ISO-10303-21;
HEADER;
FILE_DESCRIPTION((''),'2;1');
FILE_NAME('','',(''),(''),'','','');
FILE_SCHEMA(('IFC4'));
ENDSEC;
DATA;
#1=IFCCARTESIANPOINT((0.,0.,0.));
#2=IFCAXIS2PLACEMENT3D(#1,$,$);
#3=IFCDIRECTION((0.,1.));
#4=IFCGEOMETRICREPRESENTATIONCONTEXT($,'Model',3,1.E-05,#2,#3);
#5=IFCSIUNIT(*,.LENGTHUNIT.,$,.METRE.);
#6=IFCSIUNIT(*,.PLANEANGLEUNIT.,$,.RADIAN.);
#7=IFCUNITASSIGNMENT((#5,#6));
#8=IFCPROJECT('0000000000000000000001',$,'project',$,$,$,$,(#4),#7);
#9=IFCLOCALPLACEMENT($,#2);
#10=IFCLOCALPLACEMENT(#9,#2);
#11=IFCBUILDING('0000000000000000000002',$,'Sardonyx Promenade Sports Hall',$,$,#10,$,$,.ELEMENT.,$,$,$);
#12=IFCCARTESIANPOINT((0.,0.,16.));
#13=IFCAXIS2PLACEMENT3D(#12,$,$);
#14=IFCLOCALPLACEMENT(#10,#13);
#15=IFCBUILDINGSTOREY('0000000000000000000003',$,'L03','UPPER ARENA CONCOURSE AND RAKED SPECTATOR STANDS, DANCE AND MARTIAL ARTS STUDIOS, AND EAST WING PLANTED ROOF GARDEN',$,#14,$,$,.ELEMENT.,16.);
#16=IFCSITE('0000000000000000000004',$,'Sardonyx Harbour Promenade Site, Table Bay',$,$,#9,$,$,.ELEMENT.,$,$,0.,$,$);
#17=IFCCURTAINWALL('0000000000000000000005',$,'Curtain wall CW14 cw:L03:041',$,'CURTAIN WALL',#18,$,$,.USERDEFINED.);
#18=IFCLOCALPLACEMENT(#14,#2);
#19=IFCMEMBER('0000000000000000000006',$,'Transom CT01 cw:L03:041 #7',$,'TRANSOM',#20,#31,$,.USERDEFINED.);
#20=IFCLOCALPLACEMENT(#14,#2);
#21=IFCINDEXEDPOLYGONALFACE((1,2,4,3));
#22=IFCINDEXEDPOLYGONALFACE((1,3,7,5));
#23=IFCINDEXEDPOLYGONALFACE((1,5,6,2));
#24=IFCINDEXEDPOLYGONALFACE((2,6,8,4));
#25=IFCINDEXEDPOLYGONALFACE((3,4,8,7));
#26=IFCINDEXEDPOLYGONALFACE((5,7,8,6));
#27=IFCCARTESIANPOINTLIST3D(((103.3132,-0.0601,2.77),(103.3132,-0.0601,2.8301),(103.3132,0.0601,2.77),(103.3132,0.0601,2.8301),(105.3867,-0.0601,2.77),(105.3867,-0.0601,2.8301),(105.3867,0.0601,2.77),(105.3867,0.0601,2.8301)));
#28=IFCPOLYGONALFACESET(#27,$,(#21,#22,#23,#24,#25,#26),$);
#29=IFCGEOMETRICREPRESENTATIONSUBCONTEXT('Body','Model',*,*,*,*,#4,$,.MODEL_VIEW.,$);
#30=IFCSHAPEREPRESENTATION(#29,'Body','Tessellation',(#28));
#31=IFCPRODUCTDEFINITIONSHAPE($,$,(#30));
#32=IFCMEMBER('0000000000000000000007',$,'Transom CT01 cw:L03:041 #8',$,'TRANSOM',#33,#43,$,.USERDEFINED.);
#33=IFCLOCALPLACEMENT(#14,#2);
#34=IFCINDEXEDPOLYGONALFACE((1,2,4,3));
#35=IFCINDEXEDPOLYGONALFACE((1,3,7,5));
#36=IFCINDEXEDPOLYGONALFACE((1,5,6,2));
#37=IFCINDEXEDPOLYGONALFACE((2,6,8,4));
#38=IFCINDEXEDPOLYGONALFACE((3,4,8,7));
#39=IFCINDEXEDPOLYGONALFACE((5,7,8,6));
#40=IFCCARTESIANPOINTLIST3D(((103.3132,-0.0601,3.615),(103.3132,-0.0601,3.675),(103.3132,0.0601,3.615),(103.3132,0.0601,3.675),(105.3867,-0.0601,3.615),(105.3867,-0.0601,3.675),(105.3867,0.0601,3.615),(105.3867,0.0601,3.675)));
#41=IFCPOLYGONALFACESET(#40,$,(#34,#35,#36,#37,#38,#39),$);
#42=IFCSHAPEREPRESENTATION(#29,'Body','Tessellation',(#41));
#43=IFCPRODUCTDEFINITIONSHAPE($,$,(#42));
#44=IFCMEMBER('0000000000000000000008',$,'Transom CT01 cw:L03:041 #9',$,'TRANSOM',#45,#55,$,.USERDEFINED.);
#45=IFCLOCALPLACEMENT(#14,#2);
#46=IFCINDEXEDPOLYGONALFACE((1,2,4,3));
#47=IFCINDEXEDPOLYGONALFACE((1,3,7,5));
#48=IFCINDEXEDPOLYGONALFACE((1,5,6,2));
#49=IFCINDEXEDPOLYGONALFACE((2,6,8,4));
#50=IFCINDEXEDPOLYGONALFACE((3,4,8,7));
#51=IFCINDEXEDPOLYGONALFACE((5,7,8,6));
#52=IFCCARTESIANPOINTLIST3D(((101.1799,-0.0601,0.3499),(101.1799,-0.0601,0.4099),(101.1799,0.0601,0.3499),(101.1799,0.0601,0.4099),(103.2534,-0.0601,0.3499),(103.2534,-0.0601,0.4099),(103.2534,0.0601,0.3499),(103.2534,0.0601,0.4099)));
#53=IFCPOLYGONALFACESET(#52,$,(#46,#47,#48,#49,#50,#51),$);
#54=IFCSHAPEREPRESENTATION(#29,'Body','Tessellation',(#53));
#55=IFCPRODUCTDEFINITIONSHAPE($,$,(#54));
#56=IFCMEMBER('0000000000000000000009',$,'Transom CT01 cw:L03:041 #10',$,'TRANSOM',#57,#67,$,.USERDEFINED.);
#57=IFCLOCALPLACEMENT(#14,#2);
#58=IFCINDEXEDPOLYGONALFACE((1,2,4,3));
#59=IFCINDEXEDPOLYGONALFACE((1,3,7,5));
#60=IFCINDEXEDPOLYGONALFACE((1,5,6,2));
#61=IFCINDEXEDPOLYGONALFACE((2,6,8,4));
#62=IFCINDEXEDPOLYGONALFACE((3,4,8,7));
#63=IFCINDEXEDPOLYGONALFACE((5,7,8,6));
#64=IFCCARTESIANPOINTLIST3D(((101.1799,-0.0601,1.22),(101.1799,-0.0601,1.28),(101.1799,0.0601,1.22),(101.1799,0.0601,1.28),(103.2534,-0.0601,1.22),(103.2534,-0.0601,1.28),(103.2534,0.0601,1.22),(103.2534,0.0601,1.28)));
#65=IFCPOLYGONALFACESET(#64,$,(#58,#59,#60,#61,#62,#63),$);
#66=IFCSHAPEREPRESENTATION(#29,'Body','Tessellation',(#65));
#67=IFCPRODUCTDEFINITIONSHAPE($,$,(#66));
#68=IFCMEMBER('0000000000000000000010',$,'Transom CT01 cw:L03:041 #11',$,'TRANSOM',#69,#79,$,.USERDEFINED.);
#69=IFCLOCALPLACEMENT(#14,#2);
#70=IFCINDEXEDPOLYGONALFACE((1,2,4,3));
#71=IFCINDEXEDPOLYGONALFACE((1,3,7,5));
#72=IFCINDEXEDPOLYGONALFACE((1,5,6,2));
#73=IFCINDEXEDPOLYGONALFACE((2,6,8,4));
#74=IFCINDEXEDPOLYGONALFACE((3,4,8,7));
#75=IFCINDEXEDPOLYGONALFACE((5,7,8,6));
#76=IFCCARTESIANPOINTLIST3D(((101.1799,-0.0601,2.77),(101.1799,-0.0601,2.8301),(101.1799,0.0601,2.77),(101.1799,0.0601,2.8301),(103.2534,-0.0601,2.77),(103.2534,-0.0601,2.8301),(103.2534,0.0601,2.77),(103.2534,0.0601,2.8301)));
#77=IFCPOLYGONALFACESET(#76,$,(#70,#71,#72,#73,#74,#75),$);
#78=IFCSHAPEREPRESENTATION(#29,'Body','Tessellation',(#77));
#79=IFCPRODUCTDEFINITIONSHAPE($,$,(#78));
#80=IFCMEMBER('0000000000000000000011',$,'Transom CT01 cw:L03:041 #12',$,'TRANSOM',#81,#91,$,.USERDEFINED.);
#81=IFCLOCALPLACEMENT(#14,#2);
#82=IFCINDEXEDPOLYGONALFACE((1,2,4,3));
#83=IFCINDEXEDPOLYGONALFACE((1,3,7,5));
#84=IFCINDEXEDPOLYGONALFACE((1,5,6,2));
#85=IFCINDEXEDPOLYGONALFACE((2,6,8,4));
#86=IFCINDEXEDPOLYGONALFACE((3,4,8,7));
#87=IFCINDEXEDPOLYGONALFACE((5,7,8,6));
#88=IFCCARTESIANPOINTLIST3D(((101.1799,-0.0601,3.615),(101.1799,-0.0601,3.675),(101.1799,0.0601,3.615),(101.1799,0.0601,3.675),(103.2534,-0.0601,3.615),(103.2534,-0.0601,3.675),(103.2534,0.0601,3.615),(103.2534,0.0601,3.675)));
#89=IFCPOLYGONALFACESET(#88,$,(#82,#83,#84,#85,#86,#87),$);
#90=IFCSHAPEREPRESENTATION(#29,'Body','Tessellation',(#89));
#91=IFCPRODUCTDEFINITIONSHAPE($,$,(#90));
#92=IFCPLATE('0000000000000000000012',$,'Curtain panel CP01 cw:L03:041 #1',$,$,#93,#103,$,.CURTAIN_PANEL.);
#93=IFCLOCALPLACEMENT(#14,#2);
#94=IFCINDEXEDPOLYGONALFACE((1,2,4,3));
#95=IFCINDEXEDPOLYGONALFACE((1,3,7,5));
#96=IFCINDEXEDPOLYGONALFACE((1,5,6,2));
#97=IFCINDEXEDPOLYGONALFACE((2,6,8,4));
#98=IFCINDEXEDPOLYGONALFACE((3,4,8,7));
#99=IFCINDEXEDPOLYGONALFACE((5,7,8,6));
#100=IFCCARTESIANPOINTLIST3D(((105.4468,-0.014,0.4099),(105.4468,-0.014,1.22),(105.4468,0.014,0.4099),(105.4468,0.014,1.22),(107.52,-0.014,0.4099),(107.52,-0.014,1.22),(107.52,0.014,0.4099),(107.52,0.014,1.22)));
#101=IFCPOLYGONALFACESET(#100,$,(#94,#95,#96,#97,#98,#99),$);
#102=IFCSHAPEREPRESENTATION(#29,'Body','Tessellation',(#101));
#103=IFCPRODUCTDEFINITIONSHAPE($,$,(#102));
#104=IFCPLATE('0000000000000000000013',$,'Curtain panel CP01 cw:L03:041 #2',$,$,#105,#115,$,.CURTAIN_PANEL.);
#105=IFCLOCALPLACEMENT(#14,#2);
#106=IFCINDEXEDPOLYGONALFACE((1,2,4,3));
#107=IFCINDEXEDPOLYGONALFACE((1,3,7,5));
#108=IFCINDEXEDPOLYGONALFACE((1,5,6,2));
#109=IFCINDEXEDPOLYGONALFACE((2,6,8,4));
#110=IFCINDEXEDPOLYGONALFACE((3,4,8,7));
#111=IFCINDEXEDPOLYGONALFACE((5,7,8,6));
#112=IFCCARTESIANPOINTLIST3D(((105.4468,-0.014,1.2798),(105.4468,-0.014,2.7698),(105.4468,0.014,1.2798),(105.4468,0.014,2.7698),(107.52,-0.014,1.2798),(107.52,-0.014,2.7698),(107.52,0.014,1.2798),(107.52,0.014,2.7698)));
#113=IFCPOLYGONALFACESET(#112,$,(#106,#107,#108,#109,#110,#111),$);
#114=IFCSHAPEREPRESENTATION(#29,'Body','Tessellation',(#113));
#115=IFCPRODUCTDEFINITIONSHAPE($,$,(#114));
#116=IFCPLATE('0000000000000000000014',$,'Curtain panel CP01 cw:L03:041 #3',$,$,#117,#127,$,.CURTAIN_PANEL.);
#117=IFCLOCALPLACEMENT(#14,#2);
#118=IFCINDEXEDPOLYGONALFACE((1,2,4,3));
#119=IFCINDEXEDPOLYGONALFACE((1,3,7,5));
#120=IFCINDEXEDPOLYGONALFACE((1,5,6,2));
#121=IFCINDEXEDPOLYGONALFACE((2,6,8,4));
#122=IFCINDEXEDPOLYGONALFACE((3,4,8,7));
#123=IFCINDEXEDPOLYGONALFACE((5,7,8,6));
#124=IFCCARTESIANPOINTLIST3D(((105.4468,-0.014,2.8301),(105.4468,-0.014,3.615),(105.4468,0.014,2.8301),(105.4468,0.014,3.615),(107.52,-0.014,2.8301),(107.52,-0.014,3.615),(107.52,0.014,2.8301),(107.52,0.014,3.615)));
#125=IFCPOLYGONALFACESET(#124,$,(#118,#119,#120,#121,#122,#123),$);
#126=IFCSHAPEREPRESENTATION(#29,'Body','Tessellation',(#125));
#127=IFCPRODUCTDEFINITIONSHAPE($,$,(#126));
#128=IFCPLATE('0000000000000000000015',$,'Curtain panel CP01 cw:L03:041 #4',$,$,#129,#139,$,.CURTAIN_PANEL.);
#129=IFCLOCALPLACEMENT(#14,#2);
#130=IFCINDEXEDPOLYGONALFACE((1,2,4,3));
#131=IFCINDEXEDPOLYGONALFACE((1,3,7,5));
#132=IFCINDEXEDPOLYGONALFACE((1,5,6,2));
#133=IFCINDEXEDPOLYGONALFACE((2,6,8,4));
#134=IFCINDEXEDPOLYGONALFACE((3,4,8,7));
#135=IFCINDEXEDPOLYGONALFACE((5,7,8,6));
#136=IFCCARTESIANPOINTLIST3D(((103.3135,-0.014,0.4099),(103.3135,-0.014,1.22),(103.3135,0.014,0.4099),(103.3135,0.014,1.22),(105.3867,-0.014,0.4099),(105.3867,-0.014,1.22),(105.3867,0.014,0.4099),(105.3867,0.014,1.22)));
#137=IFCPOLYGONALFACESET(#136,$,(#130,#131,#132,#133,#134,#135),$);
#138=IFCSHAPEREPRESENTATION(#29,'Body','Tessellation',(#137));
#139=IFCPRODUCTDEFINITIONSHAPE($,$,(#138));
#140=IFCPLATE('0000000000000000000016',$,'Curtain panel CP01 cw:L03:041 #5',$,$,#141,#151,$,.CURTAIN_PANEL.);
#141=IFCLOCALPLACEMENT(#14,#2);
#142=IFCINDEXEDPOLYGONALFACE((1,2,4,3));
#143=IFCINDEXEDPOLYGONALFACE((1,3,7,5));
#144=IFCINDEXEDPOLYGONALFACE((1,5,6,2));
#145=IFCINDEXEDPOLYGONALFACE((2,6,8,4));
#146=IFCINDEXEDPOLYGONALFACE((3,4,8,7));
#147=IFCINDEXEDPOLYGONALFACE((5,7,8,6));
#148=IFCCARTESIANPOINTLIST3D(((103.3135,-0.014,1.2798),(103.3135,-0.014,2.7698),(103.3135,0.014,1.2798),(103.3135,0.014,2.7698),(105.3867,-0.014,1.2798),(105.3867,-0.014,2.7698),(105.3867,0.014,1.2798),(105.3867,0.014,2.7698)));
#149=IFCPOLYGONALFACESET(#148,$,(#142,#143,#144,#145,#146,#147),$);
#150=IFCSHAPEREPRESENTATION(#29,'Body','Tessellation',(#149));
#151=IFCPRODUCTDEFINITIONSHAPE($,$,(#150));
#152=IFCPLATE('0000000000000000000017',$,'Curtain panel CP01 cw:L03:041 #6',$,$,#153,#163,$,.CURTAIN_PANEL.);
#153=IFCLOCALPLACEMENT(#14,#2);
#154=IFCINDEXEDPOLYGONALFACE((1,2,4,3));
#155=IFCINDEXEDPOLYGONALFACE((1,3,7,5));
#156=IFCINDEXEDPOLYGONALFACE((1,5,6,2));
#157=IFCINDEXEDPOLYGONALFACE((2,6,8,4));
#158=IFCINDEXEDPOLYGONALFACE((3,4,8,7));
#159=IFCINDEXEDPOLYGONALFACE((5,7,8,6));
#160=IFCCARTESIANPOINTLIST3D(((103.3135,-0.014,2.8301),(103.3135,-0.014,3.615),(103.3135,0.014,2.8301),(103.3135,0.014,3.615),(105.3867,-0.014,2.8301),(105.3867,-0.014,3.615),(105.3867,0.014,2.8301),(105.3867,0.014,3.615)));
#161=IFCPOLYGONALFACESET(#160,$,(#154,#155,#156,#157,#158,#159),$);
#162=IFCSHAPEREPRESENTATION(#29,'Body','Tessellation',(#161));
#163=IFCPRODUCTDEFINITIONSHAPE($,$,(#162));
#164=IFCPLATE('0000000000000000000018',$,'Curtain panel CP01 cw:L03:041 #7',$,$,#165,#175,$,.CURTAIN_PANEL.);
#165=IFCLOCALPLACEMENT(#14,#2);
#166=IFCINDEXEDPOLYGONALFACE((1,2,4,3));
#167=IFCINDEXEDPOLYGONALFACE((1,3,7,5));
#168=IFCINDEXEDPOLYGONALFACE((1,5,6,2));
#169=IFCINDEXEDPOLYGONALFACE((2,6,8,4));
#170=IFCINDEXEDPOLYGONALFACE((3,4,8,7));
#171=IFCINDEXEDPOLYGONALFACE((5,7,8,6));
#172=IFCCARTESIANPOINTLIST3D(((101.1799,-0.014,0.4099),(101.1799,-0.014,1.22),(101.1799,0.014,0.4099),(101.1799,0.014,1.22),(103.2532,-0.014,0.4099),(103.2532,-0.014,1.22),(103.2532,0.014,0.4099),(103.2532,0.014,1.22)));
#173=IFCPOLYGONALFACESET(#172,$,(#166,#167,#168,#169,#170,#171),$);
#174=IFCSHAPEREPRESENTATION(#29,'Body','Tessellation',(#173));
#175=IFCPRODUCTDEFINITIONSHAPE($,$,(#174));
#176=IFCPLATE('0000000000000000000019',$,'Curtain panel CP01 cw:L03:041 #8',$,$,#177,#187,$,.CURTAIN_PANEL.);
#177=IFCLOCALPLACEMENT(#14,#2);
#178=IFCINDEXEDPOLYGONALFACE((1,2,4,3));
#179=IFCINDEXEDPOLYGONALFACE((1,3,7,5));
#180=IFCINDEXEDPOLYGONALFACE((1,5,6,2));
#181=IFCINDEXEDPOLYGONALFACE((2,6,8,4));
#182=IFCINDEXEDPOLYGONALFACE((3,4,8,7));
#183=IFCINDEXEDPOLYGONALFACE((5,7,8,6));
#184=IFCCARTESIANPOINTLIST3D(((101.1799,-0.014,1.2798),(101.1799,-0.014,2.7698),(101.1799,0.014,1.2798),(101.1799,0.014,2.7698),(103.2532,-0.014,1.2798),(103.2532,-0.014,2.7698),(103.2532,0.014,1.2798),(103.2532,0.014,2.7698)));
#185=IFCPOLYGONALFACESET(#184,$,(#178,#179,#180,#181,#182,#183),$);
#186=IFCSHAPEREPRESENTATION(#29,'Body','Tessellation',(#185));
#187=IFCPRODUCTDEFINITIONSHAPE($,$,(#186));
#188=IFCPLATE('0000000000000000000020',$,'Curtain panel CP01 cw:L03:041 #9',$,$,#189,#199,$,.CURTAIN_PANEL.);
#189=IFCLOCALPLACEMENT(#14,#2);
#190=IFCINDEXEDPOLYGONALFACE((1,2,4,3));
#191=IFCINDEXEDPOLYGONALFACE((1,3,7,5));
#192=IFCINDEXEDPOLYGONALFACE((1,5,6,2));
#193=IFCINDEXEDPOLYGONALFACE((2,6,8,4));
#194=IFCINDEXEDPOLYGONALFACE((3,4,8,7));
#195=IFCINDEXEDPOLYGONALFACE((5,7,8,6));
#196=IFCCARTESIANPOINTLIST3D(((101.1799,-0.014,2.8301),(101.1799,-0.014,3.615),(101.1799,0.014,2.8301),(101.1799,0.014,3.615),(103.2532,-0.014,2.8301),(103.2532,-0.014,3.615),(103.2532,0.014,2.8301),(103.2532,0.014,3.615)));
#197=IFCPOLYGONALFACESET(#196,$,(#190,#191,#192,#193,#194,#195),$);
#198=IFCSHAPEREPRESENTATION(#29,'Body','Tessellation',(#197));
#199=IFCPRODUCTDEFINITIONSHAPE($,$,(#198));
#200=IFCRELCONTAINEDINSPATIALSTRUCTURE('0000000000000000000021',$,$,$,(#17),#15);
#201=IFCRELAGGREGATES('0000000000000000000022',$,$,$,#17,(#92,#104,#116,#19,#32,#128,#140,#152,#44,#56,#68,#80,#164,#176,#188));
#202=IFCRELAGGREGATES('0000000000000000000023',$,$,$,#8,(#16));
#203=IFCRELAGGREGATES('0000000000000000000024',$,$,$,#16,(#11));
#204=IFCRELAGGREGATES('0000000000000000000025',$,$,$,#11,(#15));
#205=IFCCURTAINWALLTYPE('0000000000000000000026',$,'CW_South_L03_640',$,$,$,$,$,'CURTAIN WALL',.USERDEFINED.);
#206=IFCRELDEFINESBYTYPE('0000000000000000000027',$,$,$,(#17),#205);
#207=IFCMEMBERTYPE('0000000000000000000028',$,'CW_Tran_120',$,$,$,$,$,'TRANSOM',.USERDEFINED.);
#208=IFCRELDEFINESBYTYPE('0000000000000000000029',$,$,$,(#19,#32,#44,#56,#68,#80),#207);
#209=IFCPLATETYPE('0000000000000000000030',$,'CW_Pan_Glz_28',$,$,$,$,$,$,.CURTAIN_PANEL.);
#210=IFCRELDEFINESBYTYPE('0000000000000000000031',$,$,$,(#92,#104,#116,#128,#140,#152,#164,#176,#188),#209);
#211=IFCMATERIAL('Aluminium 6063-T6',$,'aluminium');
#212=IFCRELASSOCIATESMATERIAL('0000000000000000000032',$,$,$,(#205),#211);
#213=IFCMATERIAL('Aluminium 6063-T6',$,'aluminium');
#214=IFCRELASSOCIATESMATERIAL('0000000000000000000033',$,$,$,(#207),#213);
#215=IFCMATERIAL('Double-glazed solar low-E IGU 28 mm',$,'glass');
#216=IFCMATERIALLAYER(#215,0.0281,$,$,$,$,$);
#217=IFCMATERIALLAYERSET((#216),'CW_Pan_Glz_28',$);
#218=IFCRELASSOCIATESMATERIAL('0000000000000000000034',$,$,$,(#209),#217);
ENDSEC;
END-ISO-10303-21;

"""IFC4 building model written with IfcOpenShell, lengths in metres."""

from ifc_helpers import new_model, si_unit, direction, frame, origin, origin_2d, place, context, subcontext, project, spatial, rectangle, extrude, material, layer, layer_set, material_profile, profile_set, type_object, element, aggregate, save


model = new_model("IFC4")

# Units and contexts
model_context = context("Model", 3, precision=1e-05, world=origin(), true_north=direction((0.0, 1.0)))
body_context = subcontext(model_context, "Body", "Model", "MODEL_VIEW")
ifc_project = project(units=[si_unit("LENGTHUNIT", "METRE"), si_unit("PLANEANGLEUNIT", "RADIAN")], contexts=[model_context])

# Site, building, storey
site_placement = place(None, origin())
site = spatial("IfcSite", under=ifc_project, at=site_placement, Name="Sardonyx Harbour Promenade Site, Table Bay", CompositionType="ELEMENT", RefElevation=0.0)
building_placement = place(site_placement, origin())
building = spatial("IfcBuilding", under=site, at=building_placement, Name="Sardonyx Promenade Sports Hall", CompositionType="ELEMENT")
storey_placement = place(building_placement, frame((0.0, 0.0, 16.0)))
storey = spatial("IfcBuildingStorey", under=building, at=storey_placement, Name="L03", Description="UPPER ARENA CONCOURSE AND RAKED SPECTATOR STANDS, DANCE AND MARTIAL ARTS STUDIOS, AND EAST WING PLANTED ROOF GARDEN", CompositionType="ELEMENT", Elevation=16.0)

# Curtain wall, members, plates
ifc_material_1 = material(Name="Aluminium 6063-T6", Category="aluminium")
curtain_wall_type = type_object("IfcCurtainWallType", Name="CW_South_L03_640", ElementType="CURTAIN WALL", PredefinedType="USERDEFINED", material=ifc_material_1)
curtain_wall_placement = place(storey_placement, origin())
curtain_wall = element("IfcCurtainWall", 1, at=curtain_wall_placement, inside=storey, type_object=curtain_wall_type, Name="Curtain wall CW14 cw:L03:041", ObjectType="CURTAIN WALL", PredefinedType="USERDEFINED")
ifc_material_2 = material(Name="Aluminium 6063-T6", Category="aluminium")
ifc_material_profile_1 = material_profile(ifc_material_2, rectangle(XDim=0.0601, YDim=0.1201, at=origin_2d()))
ifc_profile_set_1 = profile_set([ifc_material_profile_1], Name="Aluminium 6063-T6")
member_type_1 = type_object("IfcMemberType", Name="CW_Tran_120", ElementType="TRANSOM", PredefinedType="USERDEFINED", material=ifc_profile_set_1)
member_1_placement = place(storey_placement, frame((105.3867, 0.0, 2.8), z_axis=(-1.0, 0.0, 0.0), x_axis=(0.0, 0.0, 1.0)))
member_1 = element("IfcMember", 2, at=member_1_placement, type_object=member_type_1, Name="Transom CT01 cw:L03:041 #7", ObjectType="TRANSOM", PredefinedType="USERDEFINED", context=body_context, shape_type="SweptSolid", body=[
    extrude(rectangle(XDim=0.0601, YDim=0.1201, at=origin_2d()), origin(), (0.0, 0.0, 1.0), 2.0735),
])
member_2_placement = place(storey_placement, frame((105.3867, 0.0, 3.645), z_axis=(-1.0, 0.0, 0.0), x_axis=(0.0, 0.0, 1.0)))
member_2 = element("IfcMember", 3, at=member_2_placement, type_object=member_type_1, Name="Transom CT01 cw:L03:041 #8", ObjectType="TRANSOM", PredefinedType="USERDEFINED", context=body_context, shape_type="SweptSolid", body=[
    extrude(rectangle(XDim=0.0601, YDim=0.1201, at=origin_2d()), origin(), (0.0, 0.0, 1.0), 2.0735),
])
member_3_placement = place(storey_placement, frame((103.2534, 0.0, 0.3799), z_axis=(-1.0, 0.0, 0.0), x_axis=(0.0, 0.0, 1.0)))
member_3 = element("IfcMember", 4, at=member_3_placement, type_object=member_type_1, Name="Transom CT01 cw:L03:041 #9", ObjectType="TRANSOM", PredefinedType="USERDEFINED", context=body_context, shape_type="SweptSolid", body=[
    extrude(rectangle(XDim=0.0601, YDim=0.1201, at=origin_2d()), origin(), (0.0, 0.0, 1.0), 2.0735),
])
member_4_placement = place(storey_placement, frame((103.2534, 0.0, 1.25), z_axis=(-1.0, 0.0, 0.0), x_axis=(0.0, 0.0, 1.0)))
member_4 = element("IfcMember", 5, at=member_4_placement, type_object=member_type_1, Name="Transom CT01 cw:L03:041 #10", ObjectType="TRANSOM", PredefinedType="USERDEFINED", context=body_context, shape_type="SweptSolid", body=[
    extrude(rectangle(XDim=0.0601, YDim=0.1201, at=origin_2d()), origin(), (0.0, 0.0, 1.0), 2.0735),
])
member_5_placement = place(storey_placement, frame((103.2534, 0.0, 2.8), z_axis=(-1.0, 0.0, 0.0), x_axis=(0.0, 0.0, 1.0)))
member_5 = element("IfcMember", 6, at=member_5_placement, type_object=member_type_1, Name="Transom CT01 cw:L03:041 #11", ObjectType="TRANSOM", PredefinedType="USERDEFINED", context=body_context, shape_type="SweptSolid", body=[
    extrude(rectangle(XDim=0.0601, YDim=0.1201, at=origin_2d()), origin(), (0.0, 0.0, 1.0), 2.0735),
])
member_6_placement = place(storey_placement, frame((103.2534, 0.0, 3.645), z_axis=(-1.0, 0.0, 0.0), x_axis=(0.0, 0.0, 1.0)))
member_6 = element("IfcMember", 7, at=member_6_placement, type_object=member_type_1, Name="Transom CT01 cw:L03:041 #12", ObjectType="TRANSOM", PredefinedType="USERDEFINED", context=body_context, shape_type="SweptSolid", body=[
    extrude(rectangle(XDim=0.0601, YDim=0.1201, at=origin_2d()), origin(), (0.0, 0.0, 1.0), 2.0735),
])
ifc_material_3 = material(Name="Double-glazed solar low-E IGU 28 mm", Category="glass")
ifc_layer_1 = layer(ifc_material_3, 0.0281)
ifc_layer_set_1 = layer_set([ifc_layer_1], Name="CW_Pan_Glz_28")
plate_type = type_object("IfcPlateType", Name="CW_Pan_Glz_28", PredefinedType="CURTAIN_PANEL", material=ifc_layer_set_1)
plate_1_placement = place(storey_placement, frame((106.4834, 0.0, 0.4099), z_axis=(0.0, 0.0, 1.0), x_axis=(-1.0, 0.0, 0.0)))
plate_1 = element("IfcPlate", 8, at=plate_1_placement, type_object=plate_type, Name="Curtain panel CP01 cw:L03:041 #1", PredefinedType="CURTAIN_PANEL", context=body_context, shape_type="SweptSolid", body=[
    extrude(rectangle(XDim=2.0732, YDim=0.0281, at=origin_2d()), origin(), (0.0, 0.0, 1.0), 0.8101),
])
plate_2_placement = place(storey_placement, frame((106.4834, 0.0, 1.2798), z_axis=(0.0, 0.0, 1.0), x_axis=(-1.0, 0.0, 0.0)))
plate_2 = element("IfcPlate", 9, at=plate_2_placement, type_object=plate_type, Name="Curtain panel CP01 cw:L03:041 #2", PredefinedType="CURTAIN_PANEL", context=body_context, shape_type="SweptSolid", body=[
    extrude(rectangle(XDim=2.0732, YDim=0.0281, at=origin_2d()), origin(), (0.0, 0.0, 1.0), 1.49),
])
plate_3_placement = place(storey_placement, frame((106.4834, 0.0, 2.8301), z_axis=(0.0, 0.0, 1.0), x_axis=(-1.0, 0.0, 0.0)))
plate_3 = element("IfcPlate", 10, at=plate_3_placement, type_object=plate_type, Name="Curtain panel CP01 cw:L03:041 #3", PredefinedType="CURTAIN_PANEL", context=body_context, shape_type="SweptSolid", body=[
    extrude(rectangle(XDim=2.0732, YDim=0.0281, at=origin_2d()), origin(), (0.0, 0.0, 1.0), 0.7849),
])
plate_4_placement = place(storey_placement, frame((104.3501, 0.0, 0.4099), z_axis=(0.0, 0.0, 1.0), x_axis=(-1.0, 0.0, 0.0)))
plate_4 = element("IfcPlate", 11, at=plate_4_placement, type_object=plate_type, Name="Curtain panel CP01 cw:L03:041 #4", PredefinedType="CURTAIN_PANEL", context=body_context, shape_type="SweptSolid", body=[
    extrude(rectangle(XDim=2.0732, YDim=0.0281, at=origin_2d()), origin(), (0.0, 0.0, 1.0), 0.8101),
])
plate_5_placement = place(storey_placement, frame((104.3501, 0.0, 1.2798), z_axis=(0.0, 0.0, 1.0), x_axis=(-1.0, 0.0, 0.0)))
plate_5 = element("IfcPlate", 12, at=plate_5_placement, type_object=plate_type, Name="Curtain panel CP01 cw:L03:041 #5", PredefinedType="CURTAIN_PANEL", context=body_context, shape_type="SweptSolid", body=[
    extrude(rectangle(XDim=2.0732, YDim=0.0281, at=origin_2d()), origin(), (0.0, 0.0, 1.0), 1.49),
])
plate_6_placement = place(storey_placement, frame((104.3501, 0.0, 2.8301), z_axis=(0.0, 0.0, 1.0), x_axis=(-1.0, 0.0, 0.0)))
plate_6 = element("IfcPlate", 13, at=plate_6_placement, type_object=plate_type, Name="Curtain panel CP01 cw:L03:041 #6", PredefinedType="CURTAIN_PANEL", context=body_context, shape_type="SweptSolid", body=[
    extrude(rectangle(XDim=2.0732, YDim=0.0281, at=origin_2d()), origin(), (0.0, 0.0, 1.0), 0.7849),
])
plate_7_placement = place(storey_placement, frame((102.2166, 0.0, 0.4099), z_axis=(0.0, 0.0, 1.0), x_axis=(-1.0, 0.0, 0.0)))
plate_7 = element("IfcPlate", 14, at=plate_7_placement, type_object=plate_type, Name="Curtain panel CP01 cw:L03:041 #7", PredefinedType="CURTAIN_PANEL", context=body_context, shape_type="SweptSolid", body=[
    extrude(rectangle(XDim=2.0732, YDim=0.0281, at=origin_2d()), origin(), (0.0, 0.0, 1.0), 0.8101),
])
plate_8_placement = place(storey_placement, frame((102.2166, 0.0, 1.2798), z_axis=(0.0, 0.0, 1.0), x_axis=(-1.0, 0.0, 0.0)))
plate_8 = element("IfcPlate", 15, at=plate_8_placement, type_object=plate_type, Name="Curtain panel CP01 cw:L03:041 #8", PredefinedType="CURTAIN_PANEL", context=body_context, shape_type="SweptSolid", body=[
    extrude(rectangle(XDim=2.0732, YDim=0.0281, at=origin_2d()), origin(), (0.0, 0.0, 1.0), 1.49),
])
plate_9_placement = place(storey_placement, frame((102.2166, 0.0, 2.8301), z_axis=(0.0, 0.0, 1.0), x_axis=(-1.0, 0.0, 0.0)))
plate_9 = element("IfcPlate", 16, at=plate_9_placement, type_object=plate_type, Name="Curtain panel CP01 cw:L03:041 #9", PredefinedType="CURTAIN_PANEL", context=body_context, shape_type="SweptSolid", body=[
    extrude(rectangle(XDim=2.0732, YDim=0.0281, at=origin_2d()), origin(), (0.0, 0.0, 1.0), 0.7849),
])
aggregate(curtain_wall, [plate_1, plate_2, plate_3, member_1, member_2, plate_4, plate_5, plate_6, member_3, member_4, member_5, member_6, plate_7, plate_8, plate_9])

save(model, "model.ifc")
